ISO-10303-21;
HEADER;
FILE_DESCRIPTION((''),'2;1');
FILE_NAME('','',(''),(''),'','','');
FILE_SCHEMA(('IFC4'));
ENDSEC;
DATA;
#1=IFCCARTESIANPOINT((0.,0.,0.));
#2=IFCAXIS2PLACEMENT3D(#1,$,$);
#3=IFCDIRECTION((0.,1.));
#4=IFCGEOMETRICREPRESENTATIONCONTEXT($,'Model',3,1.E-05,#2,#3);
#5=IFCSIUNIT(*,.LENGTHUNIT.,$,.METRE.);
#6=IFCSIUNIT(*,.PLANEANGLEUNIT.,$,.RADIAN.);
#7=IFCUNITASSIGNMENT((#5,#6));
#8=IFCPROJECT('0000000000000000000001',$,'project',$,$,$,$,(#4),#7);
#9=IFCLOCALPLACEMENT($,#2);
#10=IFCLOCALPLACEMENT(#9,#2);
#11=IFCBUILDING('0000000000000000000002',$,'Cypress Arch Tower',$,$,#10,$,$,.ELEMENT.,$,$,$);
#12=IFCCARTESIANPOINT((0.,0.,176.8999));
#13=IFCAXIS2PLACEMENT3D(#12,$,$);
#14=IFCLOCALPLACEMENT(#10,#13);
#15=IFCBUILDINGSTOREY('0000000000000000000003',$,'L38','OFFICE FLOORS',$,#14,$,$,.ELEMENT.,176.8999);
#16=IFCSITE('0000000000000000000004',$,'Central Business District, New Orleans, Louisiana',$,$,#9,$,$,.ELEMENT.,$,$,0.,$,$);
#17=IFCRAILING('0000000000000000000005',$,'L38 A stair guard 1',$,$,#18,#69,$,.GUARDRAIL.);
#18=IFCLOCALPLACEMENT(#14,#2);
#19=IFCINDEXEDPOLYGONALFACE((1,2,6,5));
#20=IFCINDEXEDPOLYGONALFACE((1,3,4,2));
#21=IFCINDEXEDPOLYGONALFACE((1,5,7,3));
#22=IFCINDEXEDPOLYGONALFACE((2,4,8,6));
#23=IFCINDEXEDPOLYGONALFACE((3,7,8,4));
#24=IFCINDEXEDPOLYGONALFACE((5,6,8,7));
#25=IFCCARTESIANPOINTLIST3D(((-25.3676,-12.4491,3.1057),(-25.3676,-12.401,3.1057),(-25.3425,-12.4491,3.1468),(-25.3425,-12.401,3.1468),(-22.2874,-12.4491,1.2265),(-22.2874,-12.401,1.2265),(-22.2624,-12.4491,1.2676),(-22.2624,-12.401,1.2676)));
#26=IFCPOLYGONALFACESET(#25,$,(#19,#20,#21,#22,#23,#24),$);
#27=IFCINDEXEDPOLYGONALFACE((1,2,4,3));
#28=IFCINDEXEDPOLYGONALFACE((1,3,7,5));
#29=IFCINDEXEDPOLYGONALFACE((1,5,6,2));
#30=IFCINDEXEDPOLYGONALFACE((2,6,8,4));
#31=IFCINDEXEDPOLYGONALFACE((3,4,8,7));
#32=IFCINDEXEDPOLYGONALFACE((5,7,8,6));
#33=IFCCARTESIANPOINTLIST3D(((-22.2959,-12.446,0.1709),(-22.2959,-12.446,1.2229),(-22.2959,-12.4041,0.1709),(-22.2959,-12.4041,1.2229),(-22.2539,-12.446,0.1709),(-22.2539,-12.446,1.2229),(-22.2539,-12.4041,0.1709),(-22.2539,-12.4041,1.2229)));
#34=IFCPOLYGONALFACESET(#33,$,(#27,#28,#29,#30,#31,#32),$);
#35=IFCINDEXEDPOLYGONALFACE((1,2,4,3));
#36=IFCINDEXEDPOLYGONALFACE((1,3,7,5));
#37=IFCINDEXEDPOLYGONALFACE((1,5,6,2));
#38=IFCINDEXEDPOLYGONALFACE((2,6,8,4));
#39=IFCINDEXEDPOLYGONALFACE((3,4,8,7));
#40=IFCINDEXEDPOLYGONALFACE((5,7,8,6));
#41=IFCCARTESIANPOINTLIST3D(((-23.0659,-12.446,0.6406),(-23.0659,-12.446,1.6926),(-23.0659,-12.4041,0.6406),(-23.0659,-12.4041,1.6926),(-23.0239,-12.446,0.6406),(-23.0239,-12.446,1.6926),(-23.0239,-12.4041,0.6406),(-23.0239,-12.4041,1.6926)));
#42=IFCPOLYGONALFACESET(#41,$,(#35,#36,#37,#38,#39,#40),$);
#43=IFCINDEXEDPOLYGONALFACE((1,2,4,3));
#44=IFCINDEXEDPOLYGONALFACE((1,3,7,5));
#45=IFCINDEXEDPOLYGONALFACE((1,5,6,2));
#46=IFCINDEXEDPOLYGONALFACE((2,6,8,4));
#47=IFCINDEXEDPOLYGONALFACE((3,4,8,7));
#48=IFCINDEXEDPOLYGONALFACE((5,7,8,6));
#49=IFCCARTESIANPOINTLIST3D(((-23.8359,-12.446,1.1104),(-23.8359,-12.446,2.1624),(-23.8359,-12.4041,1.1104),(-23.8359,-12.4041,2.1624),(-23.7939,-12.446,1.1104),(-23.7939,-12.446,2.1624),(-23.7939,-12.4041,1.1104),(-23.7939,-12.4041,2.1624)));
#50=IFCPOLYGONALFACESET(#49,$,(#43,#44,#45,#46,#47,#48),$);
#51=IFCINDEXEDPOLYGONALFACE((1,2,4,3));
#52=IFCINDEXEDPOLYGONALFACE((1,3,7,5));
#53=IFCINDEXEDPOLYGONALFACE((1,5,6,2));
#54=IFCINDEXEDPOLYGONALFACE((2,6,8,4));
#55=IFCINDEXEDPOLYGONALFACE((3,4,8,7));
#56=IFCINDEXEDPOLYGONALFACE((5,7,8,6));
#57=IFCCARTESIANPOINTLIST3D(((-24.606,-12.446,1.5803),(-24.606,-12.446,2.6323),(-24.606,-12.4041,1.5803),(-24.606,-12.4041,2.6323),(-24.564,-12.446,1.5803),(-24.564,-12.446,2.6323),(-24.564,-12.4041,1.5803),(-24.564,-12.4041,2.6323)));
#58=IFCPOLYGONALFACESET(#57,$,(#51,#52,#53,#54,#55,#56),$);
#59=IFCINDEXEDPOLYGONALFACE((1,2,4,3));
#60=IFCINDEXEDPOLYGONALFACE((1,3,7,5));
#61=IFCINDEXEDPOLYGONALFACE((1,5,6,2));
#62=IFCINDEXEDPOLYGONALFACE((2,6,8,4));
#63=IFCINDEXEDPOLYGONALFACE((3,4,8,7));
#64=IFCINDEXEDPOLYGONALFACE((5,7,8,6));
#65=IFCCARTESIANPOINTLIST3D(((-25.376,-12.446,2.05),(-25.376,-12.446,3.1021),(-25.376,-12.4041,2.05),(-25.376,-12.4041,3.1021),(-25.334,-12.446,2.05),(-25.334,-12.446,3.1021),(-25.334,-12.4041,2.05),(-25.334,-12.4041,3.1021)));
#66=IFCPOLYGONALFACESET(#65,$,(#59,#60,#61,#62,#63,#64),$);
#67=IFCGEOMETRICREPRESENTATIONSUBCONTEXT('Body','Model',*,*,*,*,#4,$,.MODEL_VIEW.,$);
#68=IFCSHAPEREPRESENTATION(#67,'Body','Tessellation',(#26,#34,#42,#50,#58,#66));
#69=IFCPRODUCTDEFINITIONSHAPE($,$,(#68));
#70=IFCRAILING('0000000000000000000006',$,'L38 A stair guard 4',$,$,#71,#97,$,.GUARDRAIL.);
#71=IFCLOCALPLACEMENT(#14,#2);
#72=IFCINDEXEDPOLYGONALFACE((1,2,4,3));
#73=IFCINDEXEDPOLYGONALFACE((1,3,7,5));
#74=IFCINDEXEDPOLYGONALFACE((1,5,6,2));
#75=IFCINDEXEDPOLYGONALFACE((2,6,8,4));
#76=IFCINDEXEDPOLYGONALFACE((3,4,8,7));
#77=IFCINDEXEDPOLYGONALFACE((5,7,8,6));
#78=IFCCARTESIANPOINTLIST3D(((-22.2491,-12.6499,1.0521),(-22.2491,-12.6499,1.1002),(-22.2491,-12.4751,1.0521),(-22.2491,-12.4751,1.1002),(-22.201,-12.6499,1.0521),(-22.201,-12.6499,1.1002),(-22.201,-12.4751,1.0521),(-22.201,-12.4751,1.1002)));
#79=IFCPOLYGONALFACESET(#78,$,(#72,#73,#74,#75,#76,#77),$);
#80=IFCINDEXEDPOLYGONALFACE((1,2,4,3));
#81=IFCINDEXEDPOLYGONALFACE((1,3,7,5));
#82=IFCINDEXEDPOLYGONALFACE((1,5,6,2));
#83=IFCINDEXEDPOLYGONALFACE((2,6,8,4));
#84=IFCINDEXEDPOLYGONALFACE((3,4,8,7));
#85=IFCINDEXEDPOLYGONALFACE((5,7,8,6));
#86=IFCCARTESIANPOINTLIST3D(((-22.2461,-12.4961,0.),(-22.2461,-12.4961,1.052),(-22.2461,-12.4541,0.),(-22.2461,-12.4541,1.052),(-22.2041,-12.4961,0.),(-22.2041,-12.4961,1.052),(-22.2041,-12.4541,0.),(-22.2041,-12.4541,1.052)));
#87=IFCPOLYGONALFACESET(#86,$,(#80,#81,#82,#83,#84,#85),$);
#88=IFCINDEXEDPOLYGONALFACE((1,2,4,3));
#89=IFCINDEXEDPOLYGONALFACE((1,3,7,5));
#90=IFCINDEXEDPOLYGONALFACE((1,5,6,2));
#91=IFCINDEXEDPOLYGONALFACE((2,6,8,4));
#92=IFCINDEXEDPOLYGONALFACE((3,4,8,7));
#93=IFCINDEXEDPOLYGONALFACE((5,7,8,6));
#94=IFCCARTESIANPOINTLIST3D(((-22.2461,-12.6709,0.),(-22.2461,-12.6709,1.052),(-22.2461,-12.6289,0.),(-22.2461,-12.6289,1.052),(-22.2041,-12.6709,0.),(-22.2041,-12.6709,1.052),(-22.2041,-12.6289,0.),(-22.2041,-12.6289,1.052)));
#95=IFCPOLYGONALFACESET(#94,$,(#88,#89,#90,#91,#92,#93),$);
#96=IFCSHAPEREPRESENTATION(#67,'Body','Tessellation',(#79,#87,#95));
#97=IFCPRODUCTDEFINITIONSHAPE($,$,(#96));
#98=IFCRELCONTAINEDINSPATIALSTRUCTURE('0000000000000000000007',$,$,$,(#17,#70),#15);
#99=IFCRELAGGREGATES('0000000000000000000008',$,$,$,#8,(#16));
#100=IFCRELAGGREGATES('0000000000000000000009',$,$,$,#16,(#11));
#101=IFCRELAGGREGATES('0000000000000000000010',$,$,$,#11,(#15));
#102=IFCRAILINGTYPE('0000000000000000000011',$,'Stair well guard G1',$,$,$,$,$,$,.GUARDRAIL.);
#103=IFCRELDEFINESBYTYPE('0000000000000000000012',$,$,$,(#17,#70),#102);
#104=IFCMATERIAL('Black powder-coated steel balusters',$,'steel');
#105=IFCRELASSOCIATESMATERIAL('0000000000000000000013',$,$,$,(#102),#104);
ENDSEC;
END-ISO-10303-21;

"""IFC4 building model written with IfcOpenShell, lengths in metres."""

from ifc_helpers import new_model, si_unit, direction, frame, origin, origin_2d, place, context, subcontext, project, spatial, rectangle, extrude, material, type_object, element, save


model = new_model("IFC4")

# Units and contexts
model_context = context("Model", 3, precision=1e-05, world=origin(), true_north=direction((0.0, 1.0)))
body_context = subcontext(model_context, "Body", "Model", "MODEL_VIEW")
ifc_project = project(units=[si_unit("LENGTHUNIT", "METRE"), si_unit("PLANEANGLEUNIT", "RADIAN")], contexts=[model_context])

# Site, building, storey
site_placement = place(None, origin())
site = spatial("IfcSite", under=ifc_project, at=site_placement, Name="Central Business District, New Orleans, Louisiana", CompositionType="ELEMENT", RefElevation=0.0)
building_placement = place(site_placement, origin())
building = spatial("IfcBuilding", under=site, at=building_placement, Name="Cypress Arch Tower", CompositionType="ELEMENT")
storey_placement = place(building_placement, frame((0.0, 0.0, 176.8999)))
storey = spatial("IfcBuildingStorey", under=building, at=storey_placement, Name="L38", Description="OFFICE FLOORS", CompositionType="ELEMENT", Elevation=176.8999)

# Railings
ifc_material_1 = material(Name="Black powder-coated steel balusters", Category="steel")
railing_type_1 = type_object("IfcRailingType", Name="Stair well guard G1", PredefinedType="GUARDRAIL", material=ifc_material_1)
railing_1_placement = place(storey_placement, frame((-22.2749, -12.425, 0.1709)))
element("IfcRailing", 1, at=railing_1_placement, inside=storey, type_object=railing_type_1, Name="L38 A stair guard 1", PredefinedType="GUARDRAIL", context=body_context, shape_type="SweptSolid", body=[
    extrude(rectangle(XDim=0.0481, YDim=0.0481, at=origin_2d()), frame((0.0, 0.0, 1.0762), z_axis=(-0.853666, 0.0, 0.52082), x_axis=(0.0, -1.0, 0.0)), (0.0, 0.0, 1.0), 3.6082),
    extrude(rectangle(XDim=0.042, YDim=0.042, at=origin_2d()), origin(), (0.0, 0.0, 1.0), 1.052),
    extrude(rectangle(XDim=0.042, YDim=0.042, at=origin_2d()), frame((-0.77, 0.0, 0.4697)), (0.0, 0.0, 1.0), 1.052),
    extrude(rectangle(XDim=0.042, YDim=0.042, at=origin_2d()), frame((-1.54, 0.0, 0.9395)), (0.0, 0.0, 1.0), 1.052),
    extrude(rectangle(XDim=0.042, YDim=0.042, at=origin_2d()), frame((-2.3101, 0.0, 1.4094)), (0.0, 0.0, 1.0), 1.052),
    extrude(rectangle(XDim=0.042, YDim=0.042, at=origin_2d()), frame((-3.0801, 0.0, 1.8792)), (0.0, 0.0, 1.0), 1.052),
])
railing_2_placement = place(storey_placement, frame((-22.2251, -12.4751, 0.0)))
element("IfcRailing", 2, at=railing_2_placement, inside=storey, type_object=railing_type_1, Name="L38 A stair guard 4", PredefinedType="GUARDRAIL", context=body_context, shape_type="SweptSolid", body=[
    extrude(rectangle(XDim=0.0481, YDim=0.0481, at=origin_2d()), frame((0.0, 0.0, 1.0762), z_axis=(0.0, -1.0, 0.0), x_axis=(1.0, 0.0, 0.0)), (0.0, 0.0, 1.0), 0.1748),
    extrude(rectangle(XDim=0.042, YDim=0.042, at=origin_2d()), origin(), (0.0, 0.0, 1.0), 1.052),
    extrude(rectangle(XDim=0.042, YDim=0.042, at=origin_2d()), frame((0.0, -0.1748, 0.0)), (0.0, 0.0, 1.0), 1.052),
])

save(model, "model.ifc")
